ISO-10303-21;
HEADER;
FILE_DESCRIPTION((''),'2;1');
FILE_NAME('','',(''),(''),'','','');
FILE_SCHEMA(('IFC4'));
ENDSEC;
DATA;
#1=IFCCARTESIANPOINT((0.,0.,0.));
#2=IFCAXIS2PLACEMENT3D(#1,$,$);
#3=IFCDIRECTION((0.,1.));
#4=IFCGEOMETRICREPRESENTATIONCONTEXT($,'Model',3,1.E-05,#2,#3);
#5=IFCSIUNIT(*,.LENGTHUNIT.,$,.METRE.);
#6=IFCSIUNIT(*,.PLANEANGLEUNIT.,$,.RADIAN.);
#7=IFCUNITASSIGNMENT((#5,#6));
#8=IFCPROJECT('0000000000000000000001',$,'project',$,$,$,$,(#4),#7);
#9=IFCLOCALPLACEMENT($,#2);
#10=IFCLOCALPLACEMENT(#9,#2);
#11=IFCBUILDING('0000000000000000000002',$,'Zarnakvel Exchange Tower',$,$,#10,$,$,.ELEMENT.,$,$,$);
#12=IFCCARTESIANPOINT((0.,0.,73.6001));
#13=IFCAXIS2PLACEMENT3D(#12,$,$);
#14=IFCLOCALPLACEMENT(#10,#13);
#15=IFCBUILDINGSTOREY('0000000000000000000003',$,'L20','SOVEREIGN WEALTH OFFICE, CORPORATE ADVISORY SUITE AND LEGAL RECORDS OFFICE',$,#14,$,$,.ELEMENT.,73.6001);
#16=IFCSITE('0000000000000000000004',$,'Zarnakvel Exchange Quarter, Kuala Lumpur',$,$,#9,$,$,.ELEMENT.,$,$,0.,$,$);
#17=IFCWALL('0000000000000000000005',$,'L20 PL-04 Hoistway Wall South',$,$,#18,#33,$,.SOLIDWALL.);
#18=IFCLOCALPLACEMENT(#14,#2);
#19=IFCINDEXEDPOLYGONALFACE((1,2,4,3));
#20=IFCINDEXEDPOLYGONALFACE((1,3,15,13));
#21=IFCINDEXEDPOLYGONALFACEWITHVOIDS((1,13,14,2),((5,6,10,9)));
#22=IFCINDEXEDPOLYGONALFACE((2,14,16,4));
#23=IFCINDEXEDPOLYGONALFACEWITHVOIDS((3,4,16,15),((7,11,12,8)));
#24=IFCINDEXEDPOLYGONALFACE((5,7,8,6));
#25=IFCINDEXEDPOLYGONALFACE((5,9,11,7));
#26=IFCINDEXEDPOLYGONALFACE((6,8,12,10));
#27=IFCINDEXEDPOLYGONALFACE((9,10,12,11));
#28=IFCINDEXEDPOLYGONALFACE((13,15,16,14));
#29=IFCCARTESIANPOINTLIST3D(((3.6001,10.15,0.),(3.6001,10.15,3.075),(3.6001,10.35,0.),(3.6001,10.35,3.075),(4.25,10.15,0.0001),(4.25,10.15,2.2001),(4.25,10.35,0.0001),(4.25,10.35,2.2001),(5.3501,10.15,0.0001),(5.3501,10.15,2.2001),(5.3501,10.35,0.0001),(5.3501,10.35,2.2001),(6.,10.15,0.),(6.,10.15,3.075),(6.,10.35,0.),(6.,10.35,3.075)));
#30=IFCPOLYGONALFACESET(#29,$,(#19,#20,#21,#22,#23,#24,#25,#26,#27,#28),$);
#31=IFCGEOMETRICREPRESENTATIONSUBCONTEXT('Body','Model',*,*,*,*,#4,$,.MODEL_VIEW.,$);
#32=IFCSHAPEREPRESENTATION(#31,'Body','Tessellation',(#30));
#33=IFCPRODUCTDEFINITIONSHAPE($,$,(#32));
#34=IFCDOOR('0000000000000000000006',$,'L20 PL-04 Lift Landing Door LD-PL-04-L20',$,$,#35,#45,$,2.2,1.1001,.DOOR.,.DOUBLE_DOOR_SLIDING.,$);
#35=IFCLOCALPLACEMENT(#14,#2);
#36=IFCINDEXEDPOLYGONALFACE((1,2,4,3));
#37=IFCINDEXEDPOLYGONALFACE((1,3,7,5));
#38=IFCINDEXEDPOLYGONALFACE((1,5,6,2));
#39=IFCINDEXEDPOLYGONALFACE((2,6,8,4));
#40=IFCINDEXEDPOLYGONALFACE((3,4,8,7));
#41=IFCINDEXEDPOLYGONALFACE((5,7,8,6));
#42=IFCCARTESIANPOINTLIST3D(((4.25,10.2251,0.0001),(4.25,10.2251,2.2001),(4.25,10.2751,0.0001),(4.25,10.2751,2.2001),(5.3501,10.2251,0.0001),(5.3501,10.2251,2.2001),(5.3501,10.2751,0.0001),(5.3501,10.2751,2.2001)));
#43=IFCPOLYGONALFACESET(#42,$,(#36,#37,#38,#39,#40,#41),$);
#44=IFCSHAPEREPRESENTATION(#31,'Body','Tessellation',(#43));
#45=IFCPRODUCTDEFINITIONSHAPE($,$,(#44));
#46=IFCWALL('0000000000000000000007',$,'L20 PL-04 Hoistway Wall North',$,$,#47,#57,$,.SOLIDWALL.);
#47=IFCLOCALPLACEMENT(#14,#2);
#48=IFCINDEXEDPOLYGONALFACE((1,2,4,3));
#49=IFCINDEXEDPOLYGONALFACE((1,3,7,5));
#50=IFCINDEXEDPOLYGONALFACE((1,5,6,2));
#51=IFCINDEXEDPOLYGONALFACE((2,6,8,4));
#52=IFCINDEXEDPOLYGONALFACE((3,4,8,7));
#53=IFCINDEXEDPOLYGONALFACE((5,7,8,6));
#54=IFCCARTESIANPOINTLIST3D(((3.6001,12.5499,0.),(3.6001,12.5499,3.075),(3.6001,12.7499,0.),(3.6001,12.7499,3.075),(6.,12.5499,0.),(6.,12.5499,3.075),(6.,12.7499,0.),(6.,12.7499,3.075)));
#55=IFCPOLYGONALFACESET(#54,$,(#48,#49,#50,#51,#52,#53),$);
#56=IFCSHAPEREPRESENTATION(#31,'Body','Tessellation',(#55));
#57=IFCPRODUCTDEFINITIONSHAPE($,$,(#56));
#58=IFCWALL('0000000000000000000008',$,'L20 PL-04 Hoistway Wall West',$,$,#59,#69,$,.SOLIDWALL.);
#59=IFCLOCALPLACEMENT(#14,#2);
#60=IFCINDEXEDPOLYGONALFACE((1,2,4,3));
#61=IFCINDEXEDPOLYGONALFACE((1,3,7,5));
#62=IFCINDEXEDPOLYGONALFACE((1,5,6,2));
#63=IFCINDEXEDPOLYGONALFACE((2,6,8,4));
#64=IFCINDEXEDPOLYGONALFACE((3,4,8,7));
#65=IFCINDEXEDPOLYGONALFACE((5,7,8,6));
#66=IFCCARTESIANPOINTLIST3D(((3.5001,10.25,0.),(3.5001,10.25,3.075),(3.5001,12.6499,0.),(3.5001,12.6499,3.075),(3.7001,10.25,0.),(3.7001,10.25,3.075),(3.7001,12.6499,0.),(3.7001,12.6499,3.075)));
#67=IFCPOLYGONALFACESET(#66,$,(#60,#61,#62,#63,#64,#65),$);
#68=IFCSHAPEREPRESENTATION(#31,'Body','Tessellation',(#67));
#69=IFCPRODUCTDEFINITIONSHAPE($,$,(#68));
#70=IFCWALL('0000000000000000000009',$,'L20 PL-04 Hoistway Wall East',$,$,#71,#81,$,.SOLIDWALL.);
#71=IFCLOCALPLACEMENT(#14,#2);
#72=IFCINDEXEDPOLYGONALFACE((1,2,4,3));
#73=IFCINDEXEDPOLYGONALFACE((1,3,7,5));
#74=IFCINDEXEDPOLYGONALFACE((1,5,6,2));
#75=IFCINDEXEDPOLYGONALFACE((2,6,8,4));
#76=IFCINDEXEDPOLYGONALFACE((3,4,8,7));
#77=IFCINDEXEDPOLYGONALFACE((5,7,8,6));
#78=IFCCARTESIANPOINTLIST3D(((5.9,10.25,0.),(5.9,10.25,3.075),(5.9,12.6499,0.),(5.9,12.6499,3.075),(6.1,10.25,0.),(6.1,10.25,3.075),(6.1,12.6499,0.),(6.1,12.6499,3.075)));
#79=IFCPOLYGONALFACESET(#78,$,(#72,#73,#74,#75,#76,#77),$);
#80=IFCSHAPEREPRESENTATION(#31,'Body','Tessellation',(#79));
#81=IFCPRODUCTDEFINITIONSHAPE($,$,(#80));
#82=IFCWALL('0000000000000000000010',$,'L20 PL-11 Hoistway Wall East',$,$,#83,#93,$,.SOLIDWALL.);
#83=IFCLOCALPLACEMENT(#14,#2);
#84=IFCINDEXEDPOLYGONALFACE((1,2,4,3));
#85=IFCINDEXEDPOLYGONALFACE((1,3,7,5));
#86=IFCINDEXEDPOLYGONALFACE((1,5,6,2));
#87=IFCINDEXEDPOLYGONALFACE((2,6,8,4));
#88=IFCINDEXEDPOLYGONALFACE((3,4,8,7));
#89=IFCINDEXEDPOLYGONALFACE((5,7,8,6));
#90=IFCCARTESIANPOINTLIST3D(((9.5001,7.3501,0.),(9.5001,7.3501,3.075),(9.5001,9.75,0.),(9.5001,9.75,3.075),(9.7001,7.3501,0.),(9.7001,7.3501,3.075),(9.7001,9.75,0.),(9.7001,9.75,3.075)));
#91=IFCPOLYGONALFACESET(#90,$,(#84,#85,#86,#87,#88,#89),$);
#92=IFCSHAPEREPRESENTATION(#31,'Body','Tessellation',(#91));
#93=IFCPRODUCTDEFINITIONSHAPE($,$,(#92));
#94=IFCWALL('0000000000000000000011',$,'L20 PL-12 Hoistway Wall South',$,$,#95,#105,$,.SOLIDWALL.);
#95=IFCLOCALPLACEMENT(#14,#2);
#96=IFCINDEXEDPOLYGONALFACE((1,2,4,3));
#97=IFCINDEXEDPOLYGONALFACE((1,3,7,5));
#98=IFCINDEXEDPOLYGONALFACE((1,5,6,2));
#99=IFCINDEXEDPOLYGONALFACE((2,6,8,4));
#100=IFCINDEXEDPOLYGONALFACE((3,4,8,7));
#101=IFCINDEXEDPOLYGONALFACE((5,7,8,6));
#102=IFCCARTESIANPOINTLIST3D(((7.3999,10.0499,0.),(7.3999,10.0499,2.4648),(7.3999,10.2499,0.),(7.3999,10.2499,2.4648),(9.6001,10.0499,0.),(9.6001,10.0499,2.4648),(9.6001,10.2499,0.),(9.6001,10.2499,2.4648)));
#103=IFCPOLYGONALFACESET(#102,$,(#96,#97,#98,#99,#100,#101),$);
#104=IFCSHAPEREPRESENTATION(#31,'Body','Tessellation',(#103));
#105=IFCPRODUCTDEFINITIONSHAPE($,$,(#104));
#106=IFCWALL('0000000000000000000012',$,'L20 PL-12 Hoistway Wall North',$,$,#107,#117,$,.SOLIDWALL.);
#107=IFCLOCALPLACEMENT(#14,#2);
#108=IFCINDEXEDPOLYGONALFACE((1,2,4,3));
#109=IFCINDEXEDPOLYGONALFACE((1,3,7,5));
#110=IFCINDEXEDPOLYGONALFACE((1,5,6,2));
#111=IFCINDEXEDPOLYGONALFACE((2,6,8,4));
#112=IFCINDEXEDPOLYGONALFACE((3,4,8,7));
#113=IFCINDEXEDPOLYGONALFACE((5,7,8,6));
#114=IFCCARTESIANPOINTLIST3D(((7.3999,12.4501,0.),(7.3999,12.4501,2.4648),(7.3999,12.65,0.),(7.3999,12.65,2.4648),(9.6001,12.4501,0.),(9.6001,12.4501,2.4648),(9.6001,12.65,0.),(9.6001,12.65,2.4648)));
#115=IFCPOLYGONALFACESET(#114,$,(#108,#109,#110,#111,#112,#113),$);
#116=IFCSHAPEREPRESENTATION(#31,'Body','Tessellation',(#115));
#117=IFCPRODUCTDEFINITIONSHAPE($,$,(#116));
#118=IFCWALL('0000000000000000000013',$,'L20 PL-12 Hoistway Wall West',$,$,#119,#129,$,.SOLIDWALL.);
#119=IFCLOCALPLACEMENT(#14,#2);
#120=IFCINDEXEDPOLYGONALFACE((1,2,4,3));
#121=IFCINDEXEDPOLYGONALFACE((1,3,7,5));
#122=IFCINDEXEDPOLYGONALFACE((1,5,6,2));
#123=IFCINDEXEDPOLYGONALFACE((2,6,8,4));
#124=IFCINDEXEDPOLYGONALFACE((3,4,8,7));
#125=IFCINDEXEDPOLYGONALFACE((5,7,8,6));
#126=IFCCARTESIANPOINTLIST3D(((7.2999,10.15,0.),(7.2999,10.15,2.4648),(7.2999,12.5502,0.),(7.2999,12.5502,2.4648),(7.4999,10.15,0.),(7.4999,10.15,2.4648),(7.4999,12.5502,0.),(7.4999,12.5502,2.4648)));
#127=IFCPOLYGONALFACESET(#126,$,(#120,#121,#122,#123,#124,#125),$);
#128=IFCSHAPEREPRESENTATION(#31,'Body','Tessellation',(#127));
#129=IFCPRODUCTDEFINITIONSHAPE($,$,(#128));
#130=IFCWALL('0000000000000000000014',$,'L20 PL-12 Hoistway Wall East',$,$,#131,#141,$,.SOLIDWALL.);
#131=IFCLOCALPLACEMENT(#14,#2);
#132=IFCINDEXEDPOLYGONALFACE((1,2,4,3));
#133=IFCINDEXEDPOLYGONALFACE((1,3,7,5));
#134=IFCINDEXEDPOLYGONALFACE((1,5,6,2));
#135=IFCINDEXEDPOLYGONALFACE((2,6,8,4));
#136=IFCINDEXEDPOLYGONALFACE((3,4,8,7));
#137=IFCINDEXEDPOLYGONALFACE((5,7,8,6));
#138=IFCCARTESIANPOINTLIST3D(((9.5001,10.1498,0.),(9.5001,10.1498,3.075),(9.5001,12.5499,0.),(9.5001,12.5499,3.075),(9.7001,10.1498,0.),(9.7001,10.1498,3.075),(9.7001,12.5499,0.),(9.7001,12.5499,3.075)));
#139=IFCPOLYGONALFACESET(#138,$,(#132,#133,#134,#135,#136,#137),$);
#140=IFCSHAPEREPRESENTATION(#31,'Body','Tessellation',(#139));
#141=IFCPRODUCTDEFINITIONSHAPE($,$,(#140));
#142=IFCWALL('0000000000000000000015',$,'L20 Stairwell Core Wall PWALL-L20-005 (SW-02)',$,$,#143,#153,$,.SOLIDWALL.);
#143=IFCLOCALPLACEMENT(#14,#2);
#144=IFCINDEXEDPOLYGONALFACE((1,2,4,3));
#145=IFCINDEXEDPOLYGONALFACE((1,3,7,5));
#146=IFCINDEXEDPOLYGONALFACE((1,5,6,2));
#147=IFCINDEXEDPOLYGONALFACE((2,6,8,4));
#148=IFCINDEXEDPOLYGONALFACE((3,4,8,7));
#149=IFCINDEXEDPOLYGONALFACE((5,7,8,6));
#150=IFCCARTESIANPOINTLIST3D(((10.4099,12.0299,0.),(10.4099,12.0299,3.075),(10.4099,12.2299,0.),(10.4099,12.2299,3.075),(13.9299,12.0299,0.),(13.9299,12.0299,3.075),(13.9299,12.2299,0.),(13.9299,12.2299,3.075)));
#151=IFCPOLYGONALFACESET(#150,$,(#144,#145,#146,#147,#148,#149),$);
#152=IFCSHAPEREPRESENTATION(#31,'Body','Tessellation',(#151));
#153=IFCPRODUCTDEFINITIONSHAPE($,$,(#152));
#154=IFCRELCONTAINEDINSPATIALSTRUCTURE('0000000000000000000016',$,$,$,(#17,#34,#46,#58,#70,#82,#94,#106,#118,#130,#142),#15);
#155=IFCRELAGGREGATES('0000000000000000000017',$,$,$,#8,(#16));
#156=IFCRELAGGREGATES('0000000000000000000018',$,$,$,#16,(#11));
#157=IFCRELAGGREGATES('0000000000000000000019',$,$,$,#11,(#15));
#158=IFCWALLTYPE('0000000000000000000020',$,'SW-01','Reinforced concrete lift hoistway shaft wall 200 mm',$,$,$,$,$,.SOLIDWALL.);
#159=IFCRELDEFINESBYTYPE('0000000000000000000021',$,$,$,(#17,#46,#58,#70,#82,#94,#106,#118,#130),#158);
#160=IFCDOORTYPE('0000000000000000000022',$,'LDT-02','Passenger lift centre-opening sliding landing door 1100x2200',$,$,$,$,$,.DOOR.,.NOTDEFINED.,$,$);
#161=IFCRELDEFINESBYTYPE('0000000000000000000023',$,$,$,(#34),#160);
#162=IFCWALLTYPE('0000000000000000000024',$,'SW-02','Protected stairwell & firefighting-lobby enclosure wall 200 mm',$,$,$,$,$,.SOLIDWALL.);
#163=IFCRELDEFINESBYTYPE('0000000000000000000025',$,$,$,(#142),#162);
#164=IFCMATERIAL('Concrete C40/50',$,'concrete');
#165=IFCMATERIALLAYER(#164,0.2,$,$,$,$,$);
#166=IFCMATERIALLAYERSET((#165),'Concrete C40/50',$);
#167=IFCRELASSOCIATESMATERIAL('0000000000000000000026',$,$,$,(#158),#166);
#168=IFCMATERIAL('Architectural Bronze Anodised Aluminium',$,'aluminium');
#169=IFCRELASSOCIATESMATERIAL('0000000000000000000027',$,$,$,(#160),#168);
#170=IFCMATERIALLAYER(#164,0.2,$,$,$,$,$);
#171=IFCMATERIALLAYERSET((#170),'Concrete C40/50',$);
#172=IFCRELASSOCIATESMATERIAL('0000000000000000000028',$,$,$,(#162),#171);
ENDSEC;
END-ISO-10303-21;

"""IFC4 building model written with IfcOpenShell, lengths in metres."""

from ifc_helpers import new_model, si_unit, direction, frame, frame_2d, origin, place, context, subcontext, project, spatial, rectangle, extrude, source, transform, mapped, material, layer, layer_set, type_object, element, fill, save


model = new_model("IFC4")

# Units and contexts
model_context = context("Model", 3, precision=1e-05, world=origin(), true_north=direction((0.0, 1.0)))
body_context = subcontext(model_context, "Body", "Model", "MODEL_VIEW")
ifc_project = project(units=[si_unit("LENGTHUNIT", "METRE"), si_unit("PLANEANGLEUNIT", "RADIAN")], contexts=[model_context])

# Site, building, storey
site_placement = place(None, origin())
site = spatial("IfcSite", under=ifc_project, at=site_placement, Name="Zarnakvel Exchange Quarter, Kuala Lumpur", CompositionType="ELEMENT", RefElevation=0.0)
building_placement = place(site_placement, origin())
building = spatial("IfcBuilding", under=site, at=building_placement, Name="Zarnakvel Exchange Tower", CompositionType="ELEMENT")
storey_placement = place(building_placement, frame((0.0, 0.0, 73.6001)))
storey = spatial("IfcBuildingStorey", under=building, at=storey_placement, Name="L20", Description="SOVEREIGN WEALTH OFFICE, CORPORATE ADVISORY SUITE AND LEGAL RECORDS OFFICE", CompositionType="ELEMENT", Elevation=73.6001)

# Shared definitions
ifc_material_1 = material(Name="Architectural Bronze Anodised Aluminium", Category="aluminium")

# Shared definitions
ifc_material_2 = material(Name="Concrete C40/50", Category="concrete")
ifc_layer_1 = layer(ifc_material_2, 0.2)
ifc_layer_set_1 = layer_set([ifc_layer_1], Name="Concrete C40/50")
wall_type_1 = type_object("IfcWallType", Name="SW-01", Description="Reinforced concrete lift hoistway shaft wall 200 mm", PredefinedType="SOLIDWALL", material=ifc_layer_set_1)
door_type = type_object("IfcDoorType", Name="LDT-02", Description="Passenger lift centre-opening sliding landing door 1100x2200", OperationType="NOTDEFINED", PredefinedType="DOOR", material=ifc_material_1)
shared_shape_1 = source(origin(), body_context, "Body", "SweptSolid", [
    extrude(rectangle(XDim=1.1001, YDim=2.2, at=frame_2d((0.55, 1.1001))), frame((0.0, 0.0249, 0.0), z_axis=(0.0, -1.0, 0.0), x_axis=(1.0, 0.0, 0.0)), (0.0, 0.0, 1.0), 0.05),
])

# Wall, opening, door
wall_1_placement = place(storey_placement, frame((6.0, 10.25, 0.0), z_axis=(0.0, 0.0, 1.0), x_axis=(-1.0, 0.0, 0.0)))
wall_1 = element("IfcWall", 1, at=wall_1_placement, inside=storey, type_object=wall_type_1, Name="L20 PL-04 Hoistway Wall South", PredefinedType="SOLIDWALL", context=body_context, shape_type="SweptSolid", body=[
    extrude(rectangle(XDim=2.3999, YDim=0.2, at=frame_2d((1.2, 0.0))), origin(), (0.0, 0.0, 1.0), 3.075),
])
opening_1_placement = place(wall_1_placement, frame((0.6499, 0.0, 0.0)))
opening_1 = element("IfcOpeningElement", 2, at=opening_1_placement, cuts=wall_1, PredefinedType="OPENING", context=body_context, shape_type="SweptSolid", body=[
    extrude(rectangle(XDim=1.1001, YDim=2.2, at=frame_2d((0.55, 1.1001))), frame((0.0, 0.1099, 0.0), z_axis=(0.0, -1.0, 0.0), x_axis=(1.0, 0.0, 0.0)), (0.0, 0.0, 1.0), 0.22),
])
door_1_placement = place(opening_1_placement, origin())
door_1 = element("IfcDoor", 3, at=door_1_placement, inside=storey, type_object=door_type, Name="L20 PL-04 Lift Landing Door LD-PL-04-L20", OperationType="DOUBLE_DOOR_SLIDING", OverallHeight=2.2, OverallWidth=1.1001, PredefinedType="DOOR", context=body_context, shape_type="MappedRepresentation", body=[
    mapped(shared_shape_1, transform((0.0, 0.0, 0.0), x_axis=(1.0, 0.0, 0.0), y_axis=(0.0, 1.0, 0.0), z_axis=(0.0, 0.0, 1.0), scale=1.0)),
])
fill(opening_1, door_1)

# Walls
for number, where, z_axis, x_axis, name in (
    (4, (3.6001, 12.6499, 0.0), (0.0, 0.0, 1.0), (1.0, 0.0, 0.0), "L20 PL-04 Hoistway Wall North"),
    (5, (3.6001, 10.25, 0.0), (0.0, 0.0, 1.0), (0.0, 1.0, 0.0), "L20 PL-04 Hoistway Wall West"),
    (6, (6.0, 12.6499, 0.0), (0.0, 0.0, 1.0), (0.0, -1.0, 0.0), "L20 PL-04 Hoistway Wall East"),
    (7, (9.6001, 9.75, 0.0), (0.0, 0.0, 1.0), (0.0, -1.0, 0.0), "L20 PL-11 Hoistway Wall East"),
):
    element("IfcWall", number, at=place(storey_placement, frame(where, z_axis=z_axis, x_axis=x_axis)), inside=storey, type_object=wall_type_1, Name=name, PredefinedType="SOLIDWALL", context=body_context, shape_type="SweptSolid", body=[
        extrude(rectangle(XDim=2.3999, YDim=0.2, at=frame_2d((1.2, 0.0))), origin(), (0.0, 0.0, 1.0), 3.075),
    ])
for number, where, z_axis, x_axis, name in (
    (8, (9.6001, 10.1499, 0.0), (0.0, 0.0, 1.0), (-1.0, 0.0, 0.0), "L20 PL-12 Hoistway Wall South"),
    (9, (7.3999, 12.55, 0.0), (0.0, 0.0, 1.0), (1.0, 0.0, 0.0), "L20 PL-12 Hoistway Wall North"),
):
    element("IfcWall", number, at=place(storey_placement, frame(where, z_axis=z_axis, x_axis=x_axis)), inside=storey, type_object=wall_type_1, Name=name, PredefinedType="SOLIDWALL", context=body_context, shape_type="SweptSolid", body=[
        extrude(rectangle(XDim=2.2002, YDim=0.2, at=frame_2d((1.1001, 0.0))), origin(), (0.0, 0.0, 1.0), 2.4648),
    ])
wall_2_placement = place(storey_placement, frame((7.3999, 10.1499, 0.0), z_axis=(0.0, 0.0, 1.0), x_axis=(0.0, 1.0, 0.0)))
element("IfcWall", 10, at=wall_2_placement, inside=storey, type_object=wall_type_1, Name="L20 PL-12 Hoistway Wall West", PredefinedType="SOLIDWALL", context=body_context, shape_type="SweptSolid", body=[
    extrude(rectangle(XDim=2.4001, YDim=0.2, at=frame_2d((1.2002, 0.0))), origin(), (0.0, 0.0, 1.0), 2.4648),
])
wall_3_placement = place(storey_placement, frame((9.6001, 12.55, 0.0), z_axis=(0.0, 0.0, 1.0), x_axis=(0.0, -1.0, 0.0)))
element("IfcWall", 11, at=wall_3_placement, inside=storey, type_object=wall_type_1, Name="L20 PL-12 Hoistway Wall East", PredefinedType="SOLIDWALL", context=body_context, shape_type="SweptSolid", body=[
    extrude(rectangle(XDim=2.4001, YDim=0.2, at=frame_2d((1.2002, 0.0))), origin(), (0.0, 0.0, 1.0), 3.075),
])
ifc_layer_2 = layer(ifc_material_2, 0.2)
ifc_layer_set_2 = layer_set([ifc_layer_2], Name="Concrete C40/50")
wall_type_2 = type_object("IfcWallType", Name="SW-02", Description="Protected stairwell & firefighting-lobby enclosure wall 200 mm", PredefinedType="SOLIDWALL", material=ifc_layer_set_2)
wall_4_placement = place(storey_placement, frame((10.4099, 12.1299, 0.0), z_axis=(0.0, 0.0, 1.0), x_axis=(1.0, 0.0, 0.0)))
element("IfcWall", 12, at=wall_4_placement, inside=storey, type_object=wall_type_2, Name="L20 Stairwell Core Wall PWALL-L20-005 (SW-02)", PredefinedType="SOLIDWALL", context=body_context, shape_type="SweptSolid", body=[
    extrude(rectangle(XDim=3.52, YDim=0.2, at=frame_2d((1.76, 0.0))), origin(), (0.0, 0.0, 1.0), 3.075),
])

save(model, "model.ifc")
